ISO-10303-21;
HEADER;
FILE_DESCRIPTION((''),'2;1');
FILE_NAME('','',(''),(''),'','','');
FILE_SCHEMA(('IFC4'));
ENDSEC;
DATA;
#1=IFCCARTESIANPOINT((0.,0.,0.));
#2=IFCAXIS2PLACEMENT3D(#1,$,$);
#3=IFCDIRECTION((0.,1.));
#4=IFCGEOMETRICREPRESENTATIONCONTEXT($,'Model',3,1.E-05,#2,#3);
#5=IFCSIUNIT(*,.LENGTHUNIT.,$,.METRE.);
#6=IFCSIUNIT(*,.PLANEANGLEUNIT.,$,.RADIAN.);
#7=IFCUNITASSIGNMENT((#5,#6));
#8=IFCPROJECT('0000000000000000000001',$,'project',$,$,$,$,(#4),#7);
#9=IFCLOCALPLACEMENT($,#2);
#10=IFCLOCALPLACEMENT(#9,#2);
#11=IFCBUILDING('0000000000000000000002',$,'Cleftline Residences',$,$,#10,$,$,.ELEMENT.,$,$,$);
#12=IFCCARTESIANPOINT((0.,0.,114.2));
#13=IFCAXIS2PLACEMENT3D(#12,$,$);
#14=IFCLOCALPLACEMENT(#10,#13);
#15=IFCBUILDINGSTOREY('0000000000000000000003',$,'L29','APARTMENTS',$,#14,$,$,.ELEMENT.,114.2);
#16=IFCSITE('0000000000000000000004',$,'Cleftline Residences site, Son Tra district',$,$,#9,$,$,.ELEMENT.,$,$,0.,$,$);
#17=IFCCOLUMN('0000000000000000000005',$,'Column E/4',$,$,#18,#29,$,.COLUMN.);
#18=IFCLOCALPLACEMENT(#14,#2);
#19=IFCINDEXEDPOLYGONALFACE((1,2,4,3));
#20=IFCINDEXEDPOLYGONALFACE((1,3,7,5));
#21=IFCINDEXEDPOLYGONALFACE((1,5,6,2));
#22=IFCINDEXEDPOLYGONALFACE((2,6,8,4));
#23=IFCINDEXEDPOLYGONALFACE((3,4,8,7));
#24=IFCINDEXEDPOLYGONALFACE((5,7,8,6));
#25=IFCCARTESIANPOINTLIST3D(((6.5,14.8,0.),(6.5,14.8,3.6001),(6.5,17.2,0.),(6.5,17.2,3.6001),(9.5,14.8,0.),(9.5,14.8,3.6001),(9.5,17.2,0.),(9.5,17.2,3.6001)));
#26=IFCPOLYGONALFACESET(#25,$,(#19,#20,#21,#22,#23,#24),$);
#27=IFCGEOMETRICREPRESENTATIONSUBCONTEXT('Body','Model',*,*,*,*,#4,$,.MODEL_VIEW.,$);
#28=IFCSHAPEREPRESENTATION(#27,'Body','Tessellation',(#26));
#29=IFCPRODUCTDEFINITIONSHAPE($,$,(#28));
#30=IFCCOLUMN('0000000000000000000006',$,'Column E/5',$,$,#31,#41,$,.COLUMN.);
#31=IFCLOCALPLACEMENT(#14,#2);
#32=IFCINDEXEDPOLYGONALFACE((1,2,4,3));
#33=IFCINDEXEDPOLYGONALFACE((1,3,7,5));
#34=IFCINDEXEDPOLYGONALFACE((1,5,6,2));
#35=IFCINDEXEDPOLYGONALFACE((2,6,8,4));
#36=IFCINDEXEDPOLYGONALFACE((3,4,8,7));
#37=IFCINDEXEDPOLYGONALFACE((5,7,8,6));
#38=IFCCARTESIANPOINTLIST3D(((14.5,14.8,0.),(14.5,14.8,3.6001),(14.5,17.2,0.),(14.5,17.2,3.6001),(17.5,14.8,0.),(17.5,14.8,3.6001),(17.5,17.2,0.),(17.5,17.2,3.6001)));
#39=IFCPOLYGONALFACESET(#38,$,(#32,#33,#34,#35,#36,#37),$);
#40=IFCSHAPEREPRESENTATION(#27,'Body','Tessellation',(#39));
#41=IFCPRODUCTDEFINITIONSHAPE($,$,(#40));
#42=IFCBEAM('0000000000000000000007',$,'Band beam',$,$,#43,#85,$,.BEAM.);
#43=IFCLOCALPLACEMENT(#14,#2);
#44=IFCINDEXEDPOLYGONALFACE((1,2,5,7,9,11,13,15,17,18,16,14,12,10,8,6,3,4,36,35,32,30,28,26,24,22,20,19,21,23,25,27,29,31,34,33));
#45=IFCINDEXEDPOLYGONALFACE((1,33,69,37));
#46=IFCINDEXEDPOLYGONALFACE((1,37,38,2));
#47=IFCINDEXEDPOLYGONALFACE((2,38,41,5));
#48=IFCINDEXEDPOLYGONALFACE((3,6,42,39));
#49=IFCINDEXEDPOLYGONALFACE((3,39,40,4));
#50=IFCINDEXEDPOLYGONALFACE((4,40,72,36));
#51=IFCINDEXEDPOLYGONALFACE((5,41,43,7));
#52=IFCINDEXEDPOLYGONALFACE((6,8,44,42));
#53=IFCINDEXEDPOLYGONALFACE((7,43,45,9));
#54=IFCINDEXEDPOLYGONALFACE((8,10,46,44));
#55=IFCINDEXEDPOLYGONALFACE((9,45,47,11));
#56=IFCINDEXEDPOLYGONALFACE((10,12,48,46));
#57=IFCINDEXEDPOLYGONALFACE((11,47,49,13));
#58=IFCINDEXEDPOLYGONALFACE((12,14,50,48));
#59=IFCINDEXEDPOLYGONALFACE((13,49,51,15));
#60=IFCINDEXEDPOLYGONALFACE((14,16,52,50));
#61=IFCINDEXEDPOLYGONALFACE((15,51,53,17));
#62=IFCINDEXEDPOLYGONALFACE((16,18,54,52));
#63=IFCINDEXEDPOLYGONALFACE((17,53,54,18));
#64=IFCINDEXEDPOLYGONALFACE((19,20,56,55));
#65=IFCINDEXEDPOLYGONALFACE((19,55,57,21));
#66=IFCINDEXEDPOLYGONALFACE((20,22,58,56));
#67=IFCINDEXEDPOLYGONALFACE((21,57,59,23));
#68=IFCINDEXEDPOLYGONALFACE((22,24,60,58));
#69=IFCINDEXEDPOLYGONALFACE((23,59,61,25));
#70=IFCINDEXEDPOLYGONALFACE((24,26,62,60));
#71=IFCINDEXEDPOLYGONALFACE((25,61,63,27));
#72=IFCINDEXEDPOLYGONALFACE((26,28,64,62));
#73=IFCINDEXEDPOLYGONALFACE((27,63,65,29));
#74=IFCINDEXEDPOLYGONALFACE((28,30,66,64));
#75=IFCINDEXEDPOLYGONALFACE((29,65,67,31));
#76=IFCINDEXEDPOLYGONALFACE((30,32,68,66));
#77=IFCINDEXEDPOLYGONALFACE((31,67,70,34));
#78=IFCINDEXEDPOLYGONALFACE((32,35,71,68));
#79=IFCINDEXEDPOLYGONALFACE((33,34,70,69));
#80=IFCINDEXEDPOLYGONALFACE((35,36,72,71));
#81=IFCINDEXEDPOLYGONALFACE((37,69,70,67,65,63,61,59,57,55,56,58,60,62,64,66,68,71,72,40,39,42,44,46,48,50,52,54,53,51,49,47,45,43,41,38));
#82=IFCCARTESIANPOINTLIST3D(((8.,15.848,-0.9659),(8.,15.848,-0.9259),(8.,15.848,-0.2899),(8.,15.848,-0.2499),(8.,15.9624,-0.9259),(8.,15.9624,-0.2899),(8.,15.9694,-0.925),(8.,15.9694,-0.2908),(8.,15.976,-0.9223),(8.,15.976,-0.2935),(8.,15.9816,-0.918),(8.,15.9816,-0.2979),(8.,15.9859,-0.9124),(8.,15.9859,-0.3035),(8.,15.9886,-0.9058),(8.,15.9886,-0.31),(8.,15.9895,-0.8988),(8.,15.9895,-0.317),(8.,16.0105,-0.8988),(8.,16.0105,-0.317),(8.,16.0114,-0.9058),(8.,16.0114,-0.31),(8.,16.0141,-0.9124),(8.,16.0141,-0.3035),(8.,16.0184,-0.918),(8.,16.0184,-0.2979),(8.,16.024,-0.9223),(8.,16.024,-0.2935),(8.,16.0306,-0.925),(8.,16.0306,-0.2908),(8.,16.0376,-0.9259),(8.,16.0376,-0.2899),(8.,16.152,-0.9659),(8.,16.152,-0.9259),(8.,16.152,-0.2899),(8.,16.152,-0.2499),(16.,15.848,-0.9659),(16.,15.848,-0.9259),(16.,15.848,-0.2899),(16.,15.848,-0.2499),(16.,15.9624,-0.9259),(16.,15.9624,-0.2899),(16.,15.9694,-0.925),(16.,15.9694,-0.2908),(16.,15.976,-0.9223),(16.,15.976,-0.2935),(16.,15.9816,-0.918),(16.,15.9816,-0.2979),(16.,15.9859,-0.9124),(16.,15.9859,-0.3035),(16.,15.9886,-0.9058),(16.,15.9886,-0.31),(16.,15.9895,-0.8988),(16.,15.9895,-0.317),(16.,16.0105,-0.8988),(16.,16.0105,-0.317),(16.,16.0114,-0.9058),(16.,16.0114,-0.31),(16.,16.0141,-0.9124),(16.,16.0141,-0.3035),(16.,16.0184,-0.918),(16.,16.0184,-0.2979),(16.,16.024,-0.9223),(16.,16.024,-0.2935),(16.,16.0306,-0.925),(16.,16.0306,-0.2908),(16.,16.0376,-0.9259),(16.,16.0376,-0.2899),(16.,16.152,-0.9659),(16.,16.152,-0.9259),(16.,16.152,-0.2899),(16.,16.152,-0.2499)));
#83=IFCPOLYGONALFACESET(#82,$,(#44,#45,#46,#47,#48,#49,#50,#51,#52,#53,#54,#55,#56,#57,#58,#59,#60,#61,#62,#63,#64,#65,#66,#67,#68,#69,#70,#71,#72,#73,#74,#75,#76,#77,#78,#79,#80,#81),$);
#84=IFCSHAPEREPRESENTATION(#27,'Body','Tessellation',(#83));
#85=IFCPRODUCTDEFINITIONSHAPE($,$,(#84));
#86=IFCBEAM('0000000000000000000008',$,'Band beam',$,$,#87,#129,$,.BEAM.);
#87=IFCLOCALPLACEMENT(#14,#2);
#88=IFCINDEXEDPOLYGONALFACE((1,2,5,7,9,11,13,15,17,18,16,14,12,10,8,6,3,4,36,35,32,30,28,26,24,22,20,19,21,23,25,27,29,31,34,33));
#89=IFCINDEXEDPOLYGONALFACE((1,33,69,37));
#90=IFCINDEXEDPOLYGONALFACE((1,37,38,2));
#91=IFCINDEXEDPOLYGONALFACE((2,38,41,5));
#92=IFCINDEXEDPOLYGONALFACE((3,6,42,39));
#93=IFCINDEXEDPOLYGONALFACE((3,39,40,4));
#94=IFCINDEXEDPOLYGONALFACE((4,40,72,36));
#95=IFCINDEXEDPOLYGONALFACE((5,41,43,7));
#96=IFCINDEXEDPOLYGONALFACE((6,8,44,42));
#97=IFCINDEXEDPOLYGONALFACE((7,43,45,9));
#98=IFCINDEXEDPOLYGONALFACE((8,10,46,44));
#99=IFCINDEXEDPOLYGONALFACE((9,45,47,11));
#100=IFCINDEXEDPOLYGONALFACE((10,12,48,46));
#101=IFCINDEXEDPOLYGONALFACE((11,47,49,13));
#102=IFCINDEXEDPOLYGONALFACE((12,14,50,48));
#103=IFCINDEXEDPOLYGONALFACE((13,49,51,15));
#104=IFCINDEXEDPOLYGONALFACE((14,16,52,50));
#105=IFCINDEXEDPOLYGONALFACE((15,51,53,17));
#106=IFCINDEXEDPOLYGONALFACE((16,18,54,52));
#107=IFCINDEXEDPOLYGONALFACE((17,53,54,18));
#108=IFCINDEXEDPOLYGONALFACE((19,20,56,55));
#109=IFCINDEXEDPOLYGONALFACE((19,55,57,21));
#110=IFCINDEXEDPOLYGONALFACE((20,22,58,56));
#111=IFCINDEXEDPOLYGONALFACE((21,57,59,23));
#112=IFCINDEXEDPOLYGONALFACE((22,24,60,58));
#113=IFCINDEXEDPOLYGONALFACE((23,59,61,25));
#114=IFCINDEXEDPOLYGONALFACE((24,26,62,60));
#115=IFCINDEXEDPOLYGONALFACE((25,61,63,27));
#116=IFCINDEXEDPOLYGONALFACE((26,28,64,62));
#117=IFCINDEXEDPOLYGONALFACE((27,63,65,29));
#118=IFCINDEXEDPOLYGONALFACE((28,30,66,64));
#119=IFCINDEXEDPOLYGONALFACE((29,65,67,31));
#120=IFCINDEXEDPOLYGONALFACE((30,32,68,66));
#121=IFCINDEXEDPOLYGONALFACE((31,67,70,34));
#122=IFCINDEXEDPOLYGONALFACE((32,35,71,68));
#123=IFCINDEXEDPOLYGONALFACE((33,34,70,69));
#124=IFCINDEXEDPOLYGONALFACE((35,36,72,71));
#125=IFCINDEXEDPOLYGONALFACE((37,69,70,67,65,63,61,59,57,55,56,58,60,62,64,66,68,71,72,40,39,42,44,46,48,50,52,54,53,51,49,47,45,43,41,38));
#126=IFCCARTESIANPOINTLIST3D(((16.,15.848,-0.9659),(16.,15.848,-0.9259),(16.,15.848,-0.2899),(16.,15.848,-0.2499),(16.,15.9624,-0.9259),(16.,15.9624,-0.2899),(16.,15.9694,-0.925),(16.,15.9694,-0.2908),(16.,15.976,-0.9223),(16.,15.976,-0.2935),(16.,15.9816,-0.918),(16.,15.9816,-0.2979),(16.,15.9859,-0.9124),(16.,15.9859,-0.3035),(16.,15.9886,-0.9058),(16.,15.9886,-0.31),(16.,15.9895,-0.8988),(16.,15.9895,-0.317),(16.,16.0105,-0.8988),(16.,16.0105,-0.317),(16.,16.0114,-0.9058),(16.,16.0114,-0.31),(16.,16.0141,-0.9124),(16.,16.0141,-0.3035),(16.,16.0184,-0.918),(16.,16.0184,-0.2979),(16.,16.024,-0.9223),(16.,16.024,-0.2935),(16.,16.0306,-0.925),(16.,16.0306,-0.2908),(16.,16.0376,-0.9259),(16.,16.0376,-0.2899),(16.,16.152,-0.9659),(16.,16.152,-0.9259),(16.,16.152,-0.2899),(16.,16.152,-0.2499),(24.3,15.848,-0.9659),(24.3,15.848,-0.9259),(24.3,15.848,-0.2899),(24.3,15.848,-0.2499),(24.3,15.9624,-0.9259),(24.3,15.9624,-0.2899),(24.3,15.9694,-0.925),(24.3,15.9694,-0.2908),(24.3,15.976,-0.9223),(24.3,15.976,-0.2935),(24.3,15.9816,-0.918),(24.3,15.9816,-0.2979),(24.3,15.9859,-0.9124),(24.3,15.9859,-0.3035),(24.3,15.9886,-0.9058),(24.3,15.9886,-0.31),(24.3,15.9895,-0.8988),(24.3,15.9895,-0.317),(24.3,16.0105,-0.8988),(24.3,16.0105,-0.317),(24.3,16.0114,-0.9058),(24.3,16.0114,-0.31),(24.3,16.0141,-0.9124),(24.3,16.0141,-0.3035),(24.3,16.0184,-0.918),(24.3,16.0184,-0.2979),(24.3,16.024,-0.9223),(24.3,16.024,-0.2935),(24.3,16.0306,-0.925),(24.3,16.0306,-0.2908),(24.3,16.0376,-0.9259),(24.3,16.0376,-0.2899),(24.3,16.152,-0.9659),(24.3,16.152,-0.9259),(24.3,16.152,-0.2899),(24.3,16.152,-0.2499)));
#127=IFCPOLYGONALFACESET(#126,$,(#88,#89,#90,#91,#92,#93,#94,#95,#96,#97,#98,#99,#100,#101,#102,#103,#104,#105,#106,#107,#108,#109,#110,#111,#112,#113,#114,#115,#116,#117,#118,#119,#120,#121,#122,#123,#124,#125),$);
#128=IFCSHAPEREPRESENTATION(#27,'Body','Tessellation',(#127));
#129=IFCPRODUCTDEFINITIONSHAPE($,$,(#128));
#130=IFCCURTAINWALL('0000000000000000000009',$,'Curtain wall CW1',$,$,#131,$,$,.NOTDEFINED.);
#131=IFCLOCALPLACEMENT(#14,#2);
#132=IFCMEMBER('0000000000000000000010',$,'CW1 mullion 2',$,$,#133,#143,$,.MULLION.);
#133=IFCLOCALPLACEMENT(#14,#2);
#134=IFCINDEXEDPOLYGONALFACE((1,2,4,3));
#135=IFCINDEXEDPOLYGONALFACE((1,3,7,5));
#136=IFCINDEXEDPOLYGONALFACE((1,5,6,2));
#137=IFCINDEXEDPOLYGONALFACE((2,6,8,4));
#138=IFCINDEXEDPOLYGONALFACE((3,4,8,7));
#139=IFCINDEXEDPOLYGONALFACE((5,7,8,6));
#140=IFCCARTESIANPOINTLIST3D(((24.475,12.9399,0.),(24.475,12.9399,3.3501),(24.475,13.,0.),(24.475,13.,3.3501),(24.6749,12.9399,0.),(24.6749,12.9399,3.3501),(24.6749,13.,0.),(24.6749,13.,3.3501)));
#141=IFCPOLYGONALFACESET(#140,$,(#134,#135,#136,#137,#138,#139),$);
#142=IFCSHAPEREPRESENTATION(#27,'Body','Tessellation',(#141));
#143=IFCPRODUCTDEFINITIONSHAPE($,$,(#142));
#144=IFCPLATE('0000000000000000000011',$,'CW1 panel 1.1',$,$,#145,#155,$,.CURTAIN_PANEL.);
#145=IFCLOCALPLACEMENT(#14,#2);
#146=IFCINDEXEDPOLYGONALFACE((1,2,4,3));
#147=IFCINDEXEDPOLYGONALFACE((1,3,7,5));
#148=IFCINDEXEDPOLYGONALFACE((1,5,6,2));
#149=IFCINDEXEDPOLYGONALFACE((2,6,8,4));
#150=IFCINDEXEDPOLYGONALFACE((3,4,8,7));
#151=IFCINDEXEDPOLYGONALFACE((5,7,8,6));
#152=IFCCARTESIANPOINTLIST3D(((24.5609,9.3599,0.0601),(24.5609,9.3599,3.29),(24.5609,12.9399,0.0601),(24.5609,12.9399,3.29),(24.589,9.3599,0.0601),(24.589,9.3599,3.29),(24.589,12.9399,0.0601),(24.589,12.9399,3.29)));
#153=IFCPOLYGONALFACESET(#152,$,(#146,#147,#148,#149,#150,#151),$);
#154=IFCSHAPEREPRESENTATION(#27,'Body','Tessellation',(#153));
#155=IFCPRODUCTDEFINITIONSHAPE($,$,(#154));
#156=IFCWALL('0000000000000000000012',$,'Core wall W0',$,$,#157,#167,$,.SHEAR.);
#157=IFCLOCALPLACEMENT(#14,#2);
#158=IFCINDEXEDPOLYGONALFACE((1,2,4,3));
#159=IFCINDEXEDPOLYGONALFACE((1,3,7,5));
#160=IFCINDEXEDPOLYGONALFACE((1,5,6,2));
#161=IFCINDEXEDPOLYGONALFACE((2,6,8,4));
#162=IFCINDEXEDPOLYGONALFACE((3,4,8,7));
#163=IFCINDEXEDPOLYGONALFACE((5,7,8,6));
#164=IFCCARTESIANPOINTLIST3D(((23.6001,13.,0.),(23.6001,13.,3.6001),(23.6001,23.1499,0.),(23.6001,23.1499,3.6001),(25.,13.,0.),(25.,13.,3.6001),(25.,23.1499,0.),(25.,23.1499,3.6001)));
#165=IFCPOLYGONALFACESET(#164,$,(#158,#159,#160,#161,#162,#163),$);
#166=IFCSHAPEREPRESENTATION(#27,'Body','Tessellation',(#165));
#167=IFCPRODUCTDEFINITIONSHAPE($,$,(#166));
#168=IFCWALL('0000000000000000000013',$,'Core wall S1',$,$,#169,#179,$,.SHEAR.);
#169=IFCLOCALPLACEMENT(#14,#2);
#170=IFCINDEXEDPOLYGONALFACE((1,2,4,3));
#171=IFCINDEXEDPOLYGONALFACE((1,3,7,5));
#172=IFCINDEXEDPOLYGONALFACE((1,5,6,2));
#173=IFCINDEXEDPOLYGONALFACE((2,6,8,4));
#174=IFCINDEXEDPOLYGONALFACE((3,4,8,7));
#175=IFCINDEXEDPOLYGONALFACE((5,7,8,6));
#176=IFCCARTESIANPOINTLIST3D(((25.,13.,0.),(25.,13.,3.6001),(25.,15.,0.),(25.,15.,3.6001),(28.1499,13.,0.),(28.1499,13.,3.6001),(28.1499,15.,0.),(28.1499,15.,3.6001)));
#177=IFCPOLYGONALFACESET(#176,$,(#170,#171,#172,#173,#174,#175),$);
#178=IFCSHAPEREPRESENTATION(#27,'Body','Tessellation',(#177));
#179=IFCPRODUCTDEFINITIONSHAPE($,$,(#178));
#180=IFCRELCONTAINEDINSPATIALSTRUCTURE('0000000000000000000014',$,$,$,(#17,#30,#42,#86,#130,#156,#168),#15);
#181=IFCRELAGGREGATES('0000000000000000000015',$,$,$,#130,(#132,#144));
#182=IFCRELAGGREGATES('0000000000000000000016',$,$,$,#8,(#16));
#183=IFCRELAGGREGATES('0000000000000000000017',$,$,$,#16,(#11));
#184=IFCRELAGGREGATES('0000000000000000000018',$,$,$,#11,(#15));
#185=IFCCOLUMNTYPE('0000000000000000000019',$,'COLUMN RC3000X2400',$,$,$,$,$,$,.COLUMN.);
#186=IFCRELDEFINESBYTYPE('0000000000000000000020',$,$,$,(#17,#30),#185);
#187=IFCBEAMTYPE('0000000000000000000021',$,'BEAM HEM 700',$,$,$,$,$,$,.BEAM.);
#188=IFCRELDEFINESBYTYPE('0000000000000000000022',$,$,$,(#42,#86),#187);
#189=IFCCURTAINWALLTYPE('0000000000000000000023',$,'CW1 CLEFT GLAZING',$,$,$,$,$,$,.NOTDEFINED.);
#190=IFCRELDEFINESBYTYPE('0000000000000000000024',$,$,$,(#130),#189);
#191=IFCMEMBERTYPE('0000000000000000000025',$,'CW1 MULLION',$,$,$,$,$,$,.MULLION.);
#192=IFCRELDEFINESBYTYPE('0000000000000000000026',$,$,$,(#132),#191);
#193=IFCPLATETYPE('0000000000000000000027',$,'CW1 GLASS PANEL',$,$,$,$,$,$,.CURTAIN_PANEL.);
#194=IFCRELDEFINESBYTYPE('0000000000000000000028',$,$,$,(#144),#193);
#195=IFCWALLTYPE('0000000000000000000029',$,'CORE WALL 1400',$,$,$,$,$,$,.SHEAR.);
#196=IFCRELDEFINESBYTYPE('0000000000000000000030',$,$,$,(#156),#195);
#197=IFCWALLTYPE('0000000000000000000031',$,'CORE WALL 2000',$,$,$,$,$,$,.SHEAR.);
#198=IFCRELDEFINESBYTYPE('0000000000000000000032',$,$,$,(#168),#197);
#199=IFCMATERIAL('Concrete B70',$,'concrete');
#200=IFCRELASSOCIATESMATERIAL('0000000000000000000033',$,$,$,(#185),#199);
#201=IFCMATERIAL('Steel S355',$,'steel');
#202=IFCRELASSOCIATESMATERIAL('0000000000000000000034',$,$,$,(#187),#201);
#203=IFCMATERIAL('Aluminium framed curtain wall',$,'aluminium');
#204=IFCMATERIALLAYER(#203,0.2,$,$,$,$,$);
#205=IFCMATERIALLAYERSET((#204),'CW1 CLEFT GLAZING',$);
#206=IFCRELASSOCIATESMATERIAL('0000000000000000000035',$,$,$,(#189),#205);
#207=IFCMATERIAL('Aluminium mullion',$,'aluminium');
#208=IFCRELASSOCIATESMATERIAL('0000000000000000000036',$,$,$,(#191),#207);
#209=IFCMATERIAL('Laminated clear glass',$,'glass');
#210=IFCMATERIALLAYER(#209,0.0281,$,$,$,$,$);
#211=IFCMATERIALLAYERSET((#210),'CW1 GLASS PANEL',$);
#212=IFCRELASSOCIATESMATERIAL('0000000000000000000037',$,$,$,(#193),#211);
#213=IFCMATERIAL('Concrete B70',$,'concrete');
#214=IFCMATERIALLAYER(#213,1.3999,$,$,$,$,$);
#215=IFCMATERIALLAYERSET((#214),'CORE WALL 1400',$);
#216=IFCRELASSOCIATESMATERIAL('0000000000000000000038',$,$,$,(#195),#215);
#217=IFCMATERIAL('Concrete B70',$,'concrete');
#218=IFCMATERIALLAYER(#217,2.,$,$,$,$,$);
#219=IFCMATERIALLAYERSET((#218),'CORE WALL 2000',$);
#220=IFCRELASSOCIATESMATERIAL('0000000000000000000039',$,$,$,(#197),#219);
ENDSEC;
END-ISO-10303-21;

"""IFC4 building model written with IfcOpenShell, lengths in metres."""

from ifc_helpers import new_model, si_unit, direction, frame, frame_2d, origin, origin_2d, place, context, subcontext, project, spatial, rectangle, i_section, extrude, material, layer, layer_set, material_profile, profile_set, type_object, element, aggregate, save


model = new_model("IFC4")

# Units and contexts
model_context = context("Model", 3, precision=1e-05, world=origin(), true_north=direction((0.0, 1.0)))
body_context = subcontext(model_context, "Body", "Model", "MODEL_VIEW")
ifc_project = project(units=[si_unit("LENGTHUNIT", "METRE"), si_unit("PLANEANGLEUNIT", "RADIAN")], contexts=[model_context])

# Site, building, storey
site_placement = place(None, origin())
site = spatial("IfcSite", under=ifc_project, at=site_placement, Name="Cleftline Residences site, Son Tra district", CompositionType="ELEMENT", RefElevation=0.0)
building_placement = place(site_placement, origin())
building = spatial("IfcBuilding", under=site, at=building_placement, Name="Cleftline Residences", CompositionType="ELEMENT")
storey_placement = place(building_placement, frame((0.0, 0.0, 114.2)))
storey = spatial("IfcBuildingStorey", under=building, at=storey_placement, Name="L29", Description="APARTMENTS", CompositionType="ELEMENT", Elevation=114.2)

# Columns
ifc_material_1 = material(Name="Concrete B70", Category="concrete")
ifc_material_profile_1 = material_profile(ifc_material_1, rectangle(XDim=3.0, YDim=2.3999, at=origin_2d()))
ifc_profile_set_1 = profile_set([ifc_material_profile_1], Name="Concrete B70")
column_type = type_object("IfcColumnType", Name="COLUMN RC3000X2400", PredefinedType="COLUMN", material=ifc_profile_set_1)
for number, where, z_axis, x_axis, name in (
    (1, (8.0, 16.0, 0.0), (0.0, 0.0, 1.0), (1.0, 0.0, 0.0), "Column E/4"),
    (2, (16.0, 16.0, 0.0), (0.0, 0.0, 1.0), (1.0, 0.0, 0.0), "Column E/5"),
):
    element("IfcColumn", number, at=place(storey_placement, frame(where, z_axis=z_axis, x_axis=x_axis)), inside=storey, type_object=column_type, Name=name, PredefinedType="COLUMN", context=body_context, shape_type="SweptSolid", body=[
        extrude(rectangle(XDim=3.0, YDim=2.3999, at=origin_2d()), origin(), (0.0, 0.0, 1.0), 3.6001),
    ])

# Beams
ifc_material_2 = material(Name="Steel S355", Category="steel")
ifc_material_profile_2 = material_profile(ifc_material_2, i_section(OverallWidth=0.304, OverallDepth=0.7161, WebThickness=0.021, FlangeThickness=0.04, FilletRadius=0.0271, at=origin_2d()))
ifc_profile_set_2 = profile_set([ifc_material_profile_2], Name="Steel S355")
beam_type = type_object("IfcBeamType", Name="BEAM HEM 700", PredefinedType="BEAM", material=ifc_profile_set_2)
beam_1_placement = place(storey_placement, frame((8.0, 16.0, -0.6079), z_axis=(1.0, 0.0, 0.0), x_axis=(0.0, 1.0, 0.0)))
element("IfcBeam", 3, at=beam_1_placement, inside=storey, type_object=beam_type, Name="Band beam", PredefinedType="BEAM", context=body_context, shape_type="SweptSolid", body=[
    extrude(i_section(OverallWidth=0.304, OverallDepth=0.7161, WebThickness=0.021, FlangeThickness=0.04, FilletRadius=0.0271, at=origin_2d()), origin(), (0.0, 0.0, 1.0), 8.0),
])
beam_2_placement = place(storey_placement, frame((16.0, 16.0, -0.6079), z_axis=(1.0, 0.0, 0.0), x_axis=(0.0, 1.0, 0.0)))
element("IfcBeam", 4, at=beam_2_placement, inside=storey, type_object=beam_type, Name="Band beam", PredefinedType="BEAM", context=body_context, shape_type="SweptSolid", body=[
    extrude(i_section(OverallWidth=0.304, OverallDepth=0.7161, WebThickness=0.021, FlangeThickness=0.04, FilletRadius=0.0271, at=origin_2d()), origin(), (0.0, 0.0, 1.0), 8.3),
])

# Curtain wall, member, plate
ifc_material_3 = material(Name="Aluminium framed curtain wall", Category="aluminium")
ifc_layer_1 = layer(ifc_material_3, 0.2)
ifc_layer_set_1 = layer_set([ifc_layer_1], Name="CW1 CLEFT GLAZING")
curtain_wall_type = type_object("IfcCurtainWallType", Name="CW1 CLEFT GLAZING", PredefinedType="NOTDEFINED", material=ifc_layer_set_1)
curtain_wall_placement = place(storey_placement, origin())
curtain_wall = element("IfcCurtainWall", 5, at=curtain_wall_placement, inside=storey, type_object=curtain_wall_type, Name="Curtain wall CW1", PredefinedType="NOTDEFINED")
ifc_material_4 = material(Name="Aluminium mullion", Category="aluminium")
ifc_material_profile_3 = material_profile(ifc_material_4, rectangle(XDim=0.2, YDim=0.0601, at=origin_2d()))
ifc_profile_set_3 = profile_set([ifc_material_profile_3], Name="Aluminium mullion")
member_type = type_object("IfcMemberType", Name="CW1 MULLION", PredefinedType="MULLION", material=ifc_profile_set_3)
member_placement = place(storey_placement, frame((24.575, 12.97, 0.0), z_axis=(0.0, 0.0, 1.0), x_axis=(-1.0, 0.0, 0.0)))
member = element("IfcMember", 6, at=member_placement, type_object=member_type, Name="CW1 mullion 2", PredefinedType="MULLION", context=body_context, shape_type="SweptSolid", body=[
    extrude(rectangle(XDim=0.2, YDim=0.0601, at=origin_2d()), origin(), (0.0, 0.0, 1.0), 3.3501),
])
ifc_material_5 = material(Name="Laminated clear glass", Category="glass")
ifc_layer_2 = layer(ifc_material_5, 0.0281)
ifc_layer_set_2 = layer_set([ifc_layer_2], Name="CW1 GLASS PANEL")
plate_type = type_object("IfcPlateType", Name="CW1 GLASS PANEL", PredefinedType="CURTAIN_PANEL", material=ifc_layer_set_2)
plate_placement = place(storey_placement, frame((24.575, 11.1499, 0.0601), z_axis=(0.0, 0.0, 1.0), x_axis=(0.0, 1.0, 0.0)))
plate = element("IfcPlate", 7, at=plate_placement, type_object=plate_type, Name="CW1 panel 1.1", PredefinedType="CURTAIN_PANEL", context=body_context, shape_type="SweptSolid", body=[
    extrude(rectangle(XDim=3.5801, YDim=0.0281, at=origin_2d()), origin(), (0.0, 0.0, 1.0), 3.23),
])
aggregate(curtain_wall, [member, plate])

# Wall
ifc_material_6 = material(Name="Concrete B70", Category="concrete")
ifc_layer_3 = layer(ifc_material_6, 1.3999)
ifc_layer_set_3 = layer_set([ifc_layer_3], Name="CORE WALL 1400")
wall_type_1 = type_object("IfcWallType", Name="CORE WALL 1400", PredefinedType="SHEAR", material=ifc_layer_set_3)
wall_1_placement = place(storey_placement, frame((24.3, 13.0, 0.0), z_axis=(0.0, 0.0, 1.0), x_axis=(0.0, 1.0, 0.0)))
element("IfcWall", 8, at=wall_1_placement, inside=storey, type_object=wall_type_1, Name="Core wall W0", PredefinedType="SHEAR", context=body_context, shape_type="SweptSolid", body=[
    extrude(rectangle(XDim=10.1499, YDim=1.3999, at=frame_2d((5.075, 0.0))), origin(), (0.0, 0.0, 1.0), 3.6001),
])

# Wall
ifc_material_7 = material(Name="Concrete B70", Category="concrete")
ifc_layer_4 = layer(ifc_material_7, 2.0)
ifc_layer_set_4 = layer_set([ifc_layer_4], Name="CORE WALL 2000")
wall_type_2 = type_object("IfcWallType", Name="CORE WALL 2000", PredefinedType="SHEAR", material=ifc_layer_set_4)
wall_2_placement = place(storey_placement, frame((25.0, 14.0, 0.0), z_axis=(0.0, 0.0, 1.0), x_axis=(1.0, 0.0, 0.0)))
element("IfcWall", 9, at=wall_2_placement, inside=storey, type_object=wall_type_2, Name="Core wall S1", PredefinedType="SHEAR", context=body_context, shape_type="SweptSolid", body=[
    extrude(rectangle(XDim=3.1499, YDim=2.0, at=frame_2d((1.575, 0.0))), origin(), (0.0, 0.0, 1.0), 3.6001),
])

save(model, "model.ifc")
